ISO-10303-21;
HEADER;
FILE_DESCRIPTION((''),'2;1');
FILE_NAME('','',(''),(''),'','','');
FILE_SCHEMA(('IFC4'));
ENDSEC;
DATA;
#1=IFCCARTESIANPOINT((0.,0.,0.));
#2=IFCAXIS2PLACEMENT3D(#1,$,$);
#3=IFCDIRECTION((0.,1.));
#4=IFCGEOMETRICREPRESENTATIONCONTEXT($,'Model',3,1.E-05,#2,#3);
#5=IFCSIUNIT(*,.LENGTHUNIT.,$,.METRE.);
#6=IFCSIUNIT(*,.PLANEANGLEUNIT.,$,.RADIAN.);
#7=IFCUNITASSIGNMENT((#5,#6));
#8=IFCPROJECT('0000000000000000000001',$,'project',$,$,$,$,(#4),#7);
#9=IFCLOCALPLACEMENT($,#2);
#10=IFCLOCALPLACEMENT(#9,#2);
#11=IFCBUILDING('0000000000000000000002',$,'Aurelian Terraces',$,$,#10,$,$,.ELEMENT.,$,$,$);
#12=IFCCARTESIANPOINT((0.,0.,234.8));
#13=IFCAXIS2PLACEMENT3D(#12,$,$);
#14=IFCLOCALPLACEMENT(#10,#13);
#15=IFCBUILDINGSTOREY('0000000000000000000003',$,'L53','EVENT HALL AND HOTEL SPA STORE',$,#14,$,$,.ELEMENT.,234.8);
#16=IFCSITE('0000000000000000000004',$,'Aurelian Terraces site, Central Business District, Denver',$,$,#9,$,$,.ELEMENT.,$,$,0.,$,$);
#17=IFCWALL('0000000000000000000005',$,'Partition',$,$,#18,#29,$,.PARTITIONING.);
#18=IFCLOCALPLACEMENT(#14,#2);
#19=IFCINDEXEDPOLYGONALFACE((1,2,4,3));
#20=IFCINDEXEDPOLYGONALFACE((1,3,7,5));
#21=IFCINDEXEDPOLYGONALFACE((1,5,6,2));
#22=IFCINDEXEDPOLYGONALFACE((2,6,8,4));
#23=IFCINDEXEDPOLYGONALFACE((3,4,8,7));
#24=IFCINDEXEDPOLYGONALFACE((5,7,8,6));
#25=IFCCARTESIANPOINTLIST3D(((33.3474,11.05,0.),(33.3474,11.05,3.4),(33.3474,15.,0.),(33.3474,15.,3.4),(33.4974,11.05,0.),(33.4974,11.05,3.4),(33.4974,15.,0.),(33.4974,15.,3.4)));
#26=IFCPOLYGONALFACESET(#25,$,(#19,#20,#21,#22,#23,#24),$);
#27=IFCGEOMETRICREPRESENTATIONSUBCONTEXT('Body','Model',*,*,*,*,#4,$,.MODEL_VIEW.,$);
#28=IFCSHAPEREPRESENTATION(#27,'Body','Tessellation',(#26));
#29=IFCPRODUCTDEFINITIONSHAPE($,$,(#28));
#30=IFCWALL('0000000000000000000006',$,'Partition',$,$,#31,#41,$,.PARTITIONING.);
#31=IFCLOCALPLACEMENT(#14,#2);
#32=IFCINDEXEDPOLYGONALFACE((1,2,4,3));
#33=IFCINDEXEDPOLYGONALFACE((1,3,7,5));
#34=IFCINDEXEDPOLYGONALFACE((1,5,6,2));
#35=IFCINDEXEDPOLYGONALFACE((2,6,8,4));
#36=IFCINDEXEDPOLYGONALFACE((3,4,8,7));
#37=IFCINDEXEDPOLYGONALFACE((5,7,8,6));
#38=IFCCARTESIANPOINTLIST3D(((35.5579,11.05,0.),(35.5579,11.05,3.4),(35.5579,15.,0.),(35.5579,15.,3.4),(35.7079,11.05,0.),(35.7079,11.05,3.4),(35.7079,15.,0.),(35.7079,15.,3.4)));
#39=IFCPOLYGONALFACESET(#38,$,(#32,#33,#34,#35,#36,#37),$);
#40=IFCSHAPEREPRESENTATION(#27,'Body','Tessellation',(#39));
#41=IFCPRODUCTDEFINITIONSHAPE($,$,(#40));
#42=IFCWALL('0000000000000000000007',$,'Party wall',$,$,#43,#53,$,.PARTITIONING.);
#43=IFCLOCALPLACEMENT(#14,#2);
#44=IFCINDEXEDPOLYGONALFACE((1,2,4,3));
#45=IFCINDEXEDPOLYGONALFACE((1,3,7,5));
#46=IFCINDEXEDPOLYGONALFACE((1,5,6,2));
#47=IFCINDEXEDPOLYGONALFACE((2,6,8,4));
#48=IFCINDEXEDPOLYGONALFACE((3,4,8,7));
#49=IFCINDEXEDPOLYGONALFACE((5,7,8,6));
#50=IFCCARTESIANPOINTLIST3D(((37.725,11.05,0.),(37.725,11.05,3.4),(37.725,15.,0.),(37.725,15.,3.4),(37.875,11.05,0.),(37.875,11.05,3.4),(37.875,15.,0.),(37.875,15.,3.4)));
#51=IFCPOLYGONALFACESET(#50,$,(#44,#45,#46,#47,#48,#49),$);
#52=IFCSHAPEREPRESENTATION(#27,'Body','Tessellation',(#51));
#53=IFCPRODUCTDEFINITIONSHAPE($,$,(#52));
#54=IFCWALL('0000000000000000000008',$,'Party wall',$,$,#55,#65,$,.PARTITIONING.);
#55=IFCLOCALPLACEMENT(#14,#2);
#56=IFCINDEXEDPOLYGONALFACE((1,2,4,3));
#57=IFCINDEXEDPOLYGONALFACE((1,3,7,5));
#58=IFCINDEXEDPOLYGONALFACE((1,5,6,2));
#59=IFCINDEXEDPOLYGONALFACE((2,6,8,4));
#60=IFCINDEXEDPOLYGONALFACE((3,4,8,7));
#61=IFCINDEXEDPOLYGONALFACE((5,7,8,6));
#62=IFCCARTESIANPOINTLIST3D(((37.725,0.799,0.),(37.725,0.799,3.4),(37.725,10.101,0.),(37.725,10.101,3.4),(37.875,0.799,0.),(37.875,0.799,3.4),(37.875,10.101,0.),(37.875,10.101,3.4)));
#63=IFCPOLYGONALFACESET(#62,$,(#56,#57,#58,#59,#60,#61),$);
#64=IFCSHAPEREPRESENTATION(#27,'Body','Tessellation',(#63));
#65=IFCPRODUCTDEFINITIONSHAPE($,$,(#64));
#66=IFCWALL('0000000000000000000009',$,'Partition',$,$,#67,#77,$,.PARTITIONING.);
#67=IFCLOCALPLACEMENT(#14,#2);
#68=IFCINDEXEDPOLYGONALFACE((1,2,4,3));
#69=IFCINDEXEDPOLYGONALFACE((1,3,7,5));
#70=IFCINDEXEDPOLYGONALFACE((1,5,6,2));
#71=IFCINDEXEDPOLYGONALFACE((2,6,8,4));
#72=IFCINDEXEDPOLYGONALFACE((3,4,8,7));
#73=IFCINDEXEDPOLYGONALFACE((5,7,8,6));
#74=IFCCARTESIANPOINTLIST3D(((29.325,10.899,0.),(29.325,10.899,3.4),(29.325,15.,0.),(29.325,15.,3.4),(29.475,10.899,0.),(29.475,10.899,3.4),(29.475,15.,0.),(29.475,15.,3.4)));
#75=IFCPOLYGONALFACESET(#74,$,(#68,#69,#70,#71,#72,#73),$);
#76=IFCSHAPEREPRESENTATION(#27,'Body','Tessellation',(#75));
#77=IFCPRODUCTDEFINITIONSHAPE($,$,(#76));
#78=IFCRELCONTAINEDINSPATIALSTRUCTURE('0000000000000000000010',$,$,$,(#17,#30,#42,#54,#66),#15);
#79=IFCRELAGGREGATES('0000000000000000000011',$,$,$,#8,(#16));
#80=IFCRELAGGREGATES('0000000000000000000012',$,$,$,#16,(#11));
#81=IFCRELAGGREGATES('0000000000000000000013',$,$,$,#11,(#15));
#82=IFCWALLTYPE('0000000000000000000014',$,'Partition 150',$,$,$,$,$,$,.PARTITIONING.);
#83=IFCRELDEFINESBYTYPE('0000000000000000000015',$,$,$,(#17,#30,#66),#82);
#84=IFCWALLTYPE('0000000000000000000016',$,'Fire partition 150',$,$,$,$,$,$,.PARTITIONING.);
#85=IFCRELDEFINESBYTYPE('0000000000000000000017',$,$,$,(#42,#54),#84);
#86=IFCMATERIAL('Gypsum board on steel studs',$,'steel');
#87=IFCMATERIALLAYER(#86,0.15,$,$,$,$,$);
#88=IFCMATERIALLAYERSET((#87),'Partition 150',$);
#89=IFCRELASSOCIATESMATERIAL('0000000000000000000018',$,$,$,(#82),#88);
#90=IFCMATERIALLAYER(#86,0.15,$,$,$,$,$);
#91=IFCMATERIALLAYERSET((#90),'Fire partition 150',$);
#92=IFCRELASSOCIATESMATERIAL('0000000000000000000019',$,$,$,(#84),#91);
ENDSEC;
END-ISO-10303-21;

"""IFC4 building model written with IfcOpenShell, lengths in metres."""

from ifc_helpers import new_model, si_unit, direction, frame, frame_2d, origin, place, context, subcontext, project, spatial, rectangle, extrude, source, transform, mapped, material, layer, layer_set, type_object, element, save


model = new_model("IFC4")

# Units and contexts
model_context = context("Model", 3, precision=1e-05, world=origin(), true_north=direction((0.0, 1.0)))
body_context = subcontext(model_context, "Body", "Model", "MODEL_VIEW")
ifc_project = project(units=[si_unit("LENGTHUNIT", "METRE"), si_unit("PLANEANGLEUNIT", "RADIAN")], contexts=[model_context])

# Site, building, storey
site_placement = place(None, origin())
site = spatial("IfcSite", under=ifc_project, at=site_placement, Name="Aurelian Terraces site, Central Business District, Denver", CompositionType="ELEMENT", RefElevation=0.0)
building_placement = place(site_placement, origin())
building = spatial("IfcBuilding", under=site, at=building_placement, Name="Aurelian Terraces", CompositionType="ELEMENT")
storey_placement = place(building_placement, frame((0.0, 0.0, 234.8)))
storey = spatial("IfcBuildingStorey", under=building, at=storey_placement, Name="L53", Description="EVENT HALL AND HOTEL SPA STORE", CompositionType="ELEMENT", Elevation=234.8)

# Shared definitions
ifc_material_1 = material(Name="Gypsum board on steel studs", Category="steel")

# Shared definitions
ifc_layer_1 = layer(ifc_material_1, 0.15)
ifc_layer_set_1 = layer_set([ifc_layer_1], Name="Partition 150")
wall_type_1 = type_object("IfcWallType", Name="Partition 150", PredefinedType="PARTITIONING", material=ifc_layer_set_1)

# Walls
shared_shape_1 = source(origin(), body_context, "Body", "SweptSolid", [
    extrude(rectangle(XDim=3.95, YDim=0.15, at=frame_2d((1.975, 0.0))), origin(), (0.0, 0.0, 1.0), 3.4),
])
for number, where, z_axis, x_axis, name in (
    (1, (33.4224, 11.05, 0.0), (0.0, 0.0, 1.0), (0.0, 1.0, 0.0), "Partition"),
    (2, (35.6329, 11.05, 0.0), (0.0, 0.0, 1.0), (0.0, 1.0, 0.0), "Partition"),
):
    element("IfcWall", number, at=place(storey_placement, frame(where, z_axis=z_axis, x_axis=x_axis)), inside=storey, type_object=wall_type_1, Name=name, PredefinedType="PARTITIONING", context=body_context, shape_type="MappedRepresentation", body=[
        mapped(shared_shape_1, transform((0.0, 0.0, 0.0), scale=1.0)),
    ])
ifc_layer_2 = layer(ifc_material_1, 0.15)
ifc_layer_set_2 = layer_set([ifc_layer_2], Name="Fire partition 150")
wall_type_2 = type_object("IfcWallType", Name="Fire partition 150", PredefinedType="PARTITIONING", material=ifc_layer_set_2)
wall_1_placement = place(storey_placement, frame((37.8, 11.05, 0.0), z_axis=(0.0, 0.0, 1.0), x_axis=(0.0, 1.0, 0.0)))
element("IfcWall", 3, at=wall_1_placement, inside=storey, type_object=wall_type_2, Name="Party wall", PredefinedType="PARTITIONING", context=body_context, shape_type="MappedRepresentation", body=[
    mapped(shared_shape_1, transform((0.0, 0.0, 0.0), scale=1.0)),
])
shared_shape_2 = source(origin(), body_context, "Body", "SweptSolid", [
    extrude(rectangle(XDim=9.302, YDim=0.15, at=frame_2d((4.651, 0.0))), origin(), (0.0, 0.0, 1.0), 3.4),
])
wall_2_placement = place(storey_placement, frame((37.8, 0.799, 0.0), z_axis=(0.0, 0.0, 1.0), x_axis=(0.0, 1.0, 0.0)))
element("IfcWall", 4, at=wall_2_placement, inside=storey, type_object=wall_type_2, Name="Party wall", PredefinedType="PARTITIONING", context=body_context, shape_type="MappedRepresentation", body=[
    mapped(shared_shape_2, transform((0.0, 0.0, 0.0), scale=1.0)),
])
shared_shape_3 = source(origin(), body_context, "Body", "SweptSolid", [
    extrude(rectangle(XDim=4.101, YDim=0.15, at=frame_2d((2.0505, 0.0))), origin(), (0.0, 0.0, 1.0), 3.4),
])
wall_3_placement = place(storey_placement, frame((29.4, 10.899, 0.0), z_axis=(0.0, 0.0, 1.0), x_axis=(0.0, 1.0, 0.0)))
element("IfcWall", 5, at=wall_3_placement, inside=storey, type_object=wall_type_1, Name="Partition", PredefinedType="PARTITIONING", context=body_context, shape_type="MappedRepresentation", body=[
    mapped(shared_shape_3, transform((0.0, 0.0, 0.0), scale=1.0)),
])

save(model, "model.ifc")
